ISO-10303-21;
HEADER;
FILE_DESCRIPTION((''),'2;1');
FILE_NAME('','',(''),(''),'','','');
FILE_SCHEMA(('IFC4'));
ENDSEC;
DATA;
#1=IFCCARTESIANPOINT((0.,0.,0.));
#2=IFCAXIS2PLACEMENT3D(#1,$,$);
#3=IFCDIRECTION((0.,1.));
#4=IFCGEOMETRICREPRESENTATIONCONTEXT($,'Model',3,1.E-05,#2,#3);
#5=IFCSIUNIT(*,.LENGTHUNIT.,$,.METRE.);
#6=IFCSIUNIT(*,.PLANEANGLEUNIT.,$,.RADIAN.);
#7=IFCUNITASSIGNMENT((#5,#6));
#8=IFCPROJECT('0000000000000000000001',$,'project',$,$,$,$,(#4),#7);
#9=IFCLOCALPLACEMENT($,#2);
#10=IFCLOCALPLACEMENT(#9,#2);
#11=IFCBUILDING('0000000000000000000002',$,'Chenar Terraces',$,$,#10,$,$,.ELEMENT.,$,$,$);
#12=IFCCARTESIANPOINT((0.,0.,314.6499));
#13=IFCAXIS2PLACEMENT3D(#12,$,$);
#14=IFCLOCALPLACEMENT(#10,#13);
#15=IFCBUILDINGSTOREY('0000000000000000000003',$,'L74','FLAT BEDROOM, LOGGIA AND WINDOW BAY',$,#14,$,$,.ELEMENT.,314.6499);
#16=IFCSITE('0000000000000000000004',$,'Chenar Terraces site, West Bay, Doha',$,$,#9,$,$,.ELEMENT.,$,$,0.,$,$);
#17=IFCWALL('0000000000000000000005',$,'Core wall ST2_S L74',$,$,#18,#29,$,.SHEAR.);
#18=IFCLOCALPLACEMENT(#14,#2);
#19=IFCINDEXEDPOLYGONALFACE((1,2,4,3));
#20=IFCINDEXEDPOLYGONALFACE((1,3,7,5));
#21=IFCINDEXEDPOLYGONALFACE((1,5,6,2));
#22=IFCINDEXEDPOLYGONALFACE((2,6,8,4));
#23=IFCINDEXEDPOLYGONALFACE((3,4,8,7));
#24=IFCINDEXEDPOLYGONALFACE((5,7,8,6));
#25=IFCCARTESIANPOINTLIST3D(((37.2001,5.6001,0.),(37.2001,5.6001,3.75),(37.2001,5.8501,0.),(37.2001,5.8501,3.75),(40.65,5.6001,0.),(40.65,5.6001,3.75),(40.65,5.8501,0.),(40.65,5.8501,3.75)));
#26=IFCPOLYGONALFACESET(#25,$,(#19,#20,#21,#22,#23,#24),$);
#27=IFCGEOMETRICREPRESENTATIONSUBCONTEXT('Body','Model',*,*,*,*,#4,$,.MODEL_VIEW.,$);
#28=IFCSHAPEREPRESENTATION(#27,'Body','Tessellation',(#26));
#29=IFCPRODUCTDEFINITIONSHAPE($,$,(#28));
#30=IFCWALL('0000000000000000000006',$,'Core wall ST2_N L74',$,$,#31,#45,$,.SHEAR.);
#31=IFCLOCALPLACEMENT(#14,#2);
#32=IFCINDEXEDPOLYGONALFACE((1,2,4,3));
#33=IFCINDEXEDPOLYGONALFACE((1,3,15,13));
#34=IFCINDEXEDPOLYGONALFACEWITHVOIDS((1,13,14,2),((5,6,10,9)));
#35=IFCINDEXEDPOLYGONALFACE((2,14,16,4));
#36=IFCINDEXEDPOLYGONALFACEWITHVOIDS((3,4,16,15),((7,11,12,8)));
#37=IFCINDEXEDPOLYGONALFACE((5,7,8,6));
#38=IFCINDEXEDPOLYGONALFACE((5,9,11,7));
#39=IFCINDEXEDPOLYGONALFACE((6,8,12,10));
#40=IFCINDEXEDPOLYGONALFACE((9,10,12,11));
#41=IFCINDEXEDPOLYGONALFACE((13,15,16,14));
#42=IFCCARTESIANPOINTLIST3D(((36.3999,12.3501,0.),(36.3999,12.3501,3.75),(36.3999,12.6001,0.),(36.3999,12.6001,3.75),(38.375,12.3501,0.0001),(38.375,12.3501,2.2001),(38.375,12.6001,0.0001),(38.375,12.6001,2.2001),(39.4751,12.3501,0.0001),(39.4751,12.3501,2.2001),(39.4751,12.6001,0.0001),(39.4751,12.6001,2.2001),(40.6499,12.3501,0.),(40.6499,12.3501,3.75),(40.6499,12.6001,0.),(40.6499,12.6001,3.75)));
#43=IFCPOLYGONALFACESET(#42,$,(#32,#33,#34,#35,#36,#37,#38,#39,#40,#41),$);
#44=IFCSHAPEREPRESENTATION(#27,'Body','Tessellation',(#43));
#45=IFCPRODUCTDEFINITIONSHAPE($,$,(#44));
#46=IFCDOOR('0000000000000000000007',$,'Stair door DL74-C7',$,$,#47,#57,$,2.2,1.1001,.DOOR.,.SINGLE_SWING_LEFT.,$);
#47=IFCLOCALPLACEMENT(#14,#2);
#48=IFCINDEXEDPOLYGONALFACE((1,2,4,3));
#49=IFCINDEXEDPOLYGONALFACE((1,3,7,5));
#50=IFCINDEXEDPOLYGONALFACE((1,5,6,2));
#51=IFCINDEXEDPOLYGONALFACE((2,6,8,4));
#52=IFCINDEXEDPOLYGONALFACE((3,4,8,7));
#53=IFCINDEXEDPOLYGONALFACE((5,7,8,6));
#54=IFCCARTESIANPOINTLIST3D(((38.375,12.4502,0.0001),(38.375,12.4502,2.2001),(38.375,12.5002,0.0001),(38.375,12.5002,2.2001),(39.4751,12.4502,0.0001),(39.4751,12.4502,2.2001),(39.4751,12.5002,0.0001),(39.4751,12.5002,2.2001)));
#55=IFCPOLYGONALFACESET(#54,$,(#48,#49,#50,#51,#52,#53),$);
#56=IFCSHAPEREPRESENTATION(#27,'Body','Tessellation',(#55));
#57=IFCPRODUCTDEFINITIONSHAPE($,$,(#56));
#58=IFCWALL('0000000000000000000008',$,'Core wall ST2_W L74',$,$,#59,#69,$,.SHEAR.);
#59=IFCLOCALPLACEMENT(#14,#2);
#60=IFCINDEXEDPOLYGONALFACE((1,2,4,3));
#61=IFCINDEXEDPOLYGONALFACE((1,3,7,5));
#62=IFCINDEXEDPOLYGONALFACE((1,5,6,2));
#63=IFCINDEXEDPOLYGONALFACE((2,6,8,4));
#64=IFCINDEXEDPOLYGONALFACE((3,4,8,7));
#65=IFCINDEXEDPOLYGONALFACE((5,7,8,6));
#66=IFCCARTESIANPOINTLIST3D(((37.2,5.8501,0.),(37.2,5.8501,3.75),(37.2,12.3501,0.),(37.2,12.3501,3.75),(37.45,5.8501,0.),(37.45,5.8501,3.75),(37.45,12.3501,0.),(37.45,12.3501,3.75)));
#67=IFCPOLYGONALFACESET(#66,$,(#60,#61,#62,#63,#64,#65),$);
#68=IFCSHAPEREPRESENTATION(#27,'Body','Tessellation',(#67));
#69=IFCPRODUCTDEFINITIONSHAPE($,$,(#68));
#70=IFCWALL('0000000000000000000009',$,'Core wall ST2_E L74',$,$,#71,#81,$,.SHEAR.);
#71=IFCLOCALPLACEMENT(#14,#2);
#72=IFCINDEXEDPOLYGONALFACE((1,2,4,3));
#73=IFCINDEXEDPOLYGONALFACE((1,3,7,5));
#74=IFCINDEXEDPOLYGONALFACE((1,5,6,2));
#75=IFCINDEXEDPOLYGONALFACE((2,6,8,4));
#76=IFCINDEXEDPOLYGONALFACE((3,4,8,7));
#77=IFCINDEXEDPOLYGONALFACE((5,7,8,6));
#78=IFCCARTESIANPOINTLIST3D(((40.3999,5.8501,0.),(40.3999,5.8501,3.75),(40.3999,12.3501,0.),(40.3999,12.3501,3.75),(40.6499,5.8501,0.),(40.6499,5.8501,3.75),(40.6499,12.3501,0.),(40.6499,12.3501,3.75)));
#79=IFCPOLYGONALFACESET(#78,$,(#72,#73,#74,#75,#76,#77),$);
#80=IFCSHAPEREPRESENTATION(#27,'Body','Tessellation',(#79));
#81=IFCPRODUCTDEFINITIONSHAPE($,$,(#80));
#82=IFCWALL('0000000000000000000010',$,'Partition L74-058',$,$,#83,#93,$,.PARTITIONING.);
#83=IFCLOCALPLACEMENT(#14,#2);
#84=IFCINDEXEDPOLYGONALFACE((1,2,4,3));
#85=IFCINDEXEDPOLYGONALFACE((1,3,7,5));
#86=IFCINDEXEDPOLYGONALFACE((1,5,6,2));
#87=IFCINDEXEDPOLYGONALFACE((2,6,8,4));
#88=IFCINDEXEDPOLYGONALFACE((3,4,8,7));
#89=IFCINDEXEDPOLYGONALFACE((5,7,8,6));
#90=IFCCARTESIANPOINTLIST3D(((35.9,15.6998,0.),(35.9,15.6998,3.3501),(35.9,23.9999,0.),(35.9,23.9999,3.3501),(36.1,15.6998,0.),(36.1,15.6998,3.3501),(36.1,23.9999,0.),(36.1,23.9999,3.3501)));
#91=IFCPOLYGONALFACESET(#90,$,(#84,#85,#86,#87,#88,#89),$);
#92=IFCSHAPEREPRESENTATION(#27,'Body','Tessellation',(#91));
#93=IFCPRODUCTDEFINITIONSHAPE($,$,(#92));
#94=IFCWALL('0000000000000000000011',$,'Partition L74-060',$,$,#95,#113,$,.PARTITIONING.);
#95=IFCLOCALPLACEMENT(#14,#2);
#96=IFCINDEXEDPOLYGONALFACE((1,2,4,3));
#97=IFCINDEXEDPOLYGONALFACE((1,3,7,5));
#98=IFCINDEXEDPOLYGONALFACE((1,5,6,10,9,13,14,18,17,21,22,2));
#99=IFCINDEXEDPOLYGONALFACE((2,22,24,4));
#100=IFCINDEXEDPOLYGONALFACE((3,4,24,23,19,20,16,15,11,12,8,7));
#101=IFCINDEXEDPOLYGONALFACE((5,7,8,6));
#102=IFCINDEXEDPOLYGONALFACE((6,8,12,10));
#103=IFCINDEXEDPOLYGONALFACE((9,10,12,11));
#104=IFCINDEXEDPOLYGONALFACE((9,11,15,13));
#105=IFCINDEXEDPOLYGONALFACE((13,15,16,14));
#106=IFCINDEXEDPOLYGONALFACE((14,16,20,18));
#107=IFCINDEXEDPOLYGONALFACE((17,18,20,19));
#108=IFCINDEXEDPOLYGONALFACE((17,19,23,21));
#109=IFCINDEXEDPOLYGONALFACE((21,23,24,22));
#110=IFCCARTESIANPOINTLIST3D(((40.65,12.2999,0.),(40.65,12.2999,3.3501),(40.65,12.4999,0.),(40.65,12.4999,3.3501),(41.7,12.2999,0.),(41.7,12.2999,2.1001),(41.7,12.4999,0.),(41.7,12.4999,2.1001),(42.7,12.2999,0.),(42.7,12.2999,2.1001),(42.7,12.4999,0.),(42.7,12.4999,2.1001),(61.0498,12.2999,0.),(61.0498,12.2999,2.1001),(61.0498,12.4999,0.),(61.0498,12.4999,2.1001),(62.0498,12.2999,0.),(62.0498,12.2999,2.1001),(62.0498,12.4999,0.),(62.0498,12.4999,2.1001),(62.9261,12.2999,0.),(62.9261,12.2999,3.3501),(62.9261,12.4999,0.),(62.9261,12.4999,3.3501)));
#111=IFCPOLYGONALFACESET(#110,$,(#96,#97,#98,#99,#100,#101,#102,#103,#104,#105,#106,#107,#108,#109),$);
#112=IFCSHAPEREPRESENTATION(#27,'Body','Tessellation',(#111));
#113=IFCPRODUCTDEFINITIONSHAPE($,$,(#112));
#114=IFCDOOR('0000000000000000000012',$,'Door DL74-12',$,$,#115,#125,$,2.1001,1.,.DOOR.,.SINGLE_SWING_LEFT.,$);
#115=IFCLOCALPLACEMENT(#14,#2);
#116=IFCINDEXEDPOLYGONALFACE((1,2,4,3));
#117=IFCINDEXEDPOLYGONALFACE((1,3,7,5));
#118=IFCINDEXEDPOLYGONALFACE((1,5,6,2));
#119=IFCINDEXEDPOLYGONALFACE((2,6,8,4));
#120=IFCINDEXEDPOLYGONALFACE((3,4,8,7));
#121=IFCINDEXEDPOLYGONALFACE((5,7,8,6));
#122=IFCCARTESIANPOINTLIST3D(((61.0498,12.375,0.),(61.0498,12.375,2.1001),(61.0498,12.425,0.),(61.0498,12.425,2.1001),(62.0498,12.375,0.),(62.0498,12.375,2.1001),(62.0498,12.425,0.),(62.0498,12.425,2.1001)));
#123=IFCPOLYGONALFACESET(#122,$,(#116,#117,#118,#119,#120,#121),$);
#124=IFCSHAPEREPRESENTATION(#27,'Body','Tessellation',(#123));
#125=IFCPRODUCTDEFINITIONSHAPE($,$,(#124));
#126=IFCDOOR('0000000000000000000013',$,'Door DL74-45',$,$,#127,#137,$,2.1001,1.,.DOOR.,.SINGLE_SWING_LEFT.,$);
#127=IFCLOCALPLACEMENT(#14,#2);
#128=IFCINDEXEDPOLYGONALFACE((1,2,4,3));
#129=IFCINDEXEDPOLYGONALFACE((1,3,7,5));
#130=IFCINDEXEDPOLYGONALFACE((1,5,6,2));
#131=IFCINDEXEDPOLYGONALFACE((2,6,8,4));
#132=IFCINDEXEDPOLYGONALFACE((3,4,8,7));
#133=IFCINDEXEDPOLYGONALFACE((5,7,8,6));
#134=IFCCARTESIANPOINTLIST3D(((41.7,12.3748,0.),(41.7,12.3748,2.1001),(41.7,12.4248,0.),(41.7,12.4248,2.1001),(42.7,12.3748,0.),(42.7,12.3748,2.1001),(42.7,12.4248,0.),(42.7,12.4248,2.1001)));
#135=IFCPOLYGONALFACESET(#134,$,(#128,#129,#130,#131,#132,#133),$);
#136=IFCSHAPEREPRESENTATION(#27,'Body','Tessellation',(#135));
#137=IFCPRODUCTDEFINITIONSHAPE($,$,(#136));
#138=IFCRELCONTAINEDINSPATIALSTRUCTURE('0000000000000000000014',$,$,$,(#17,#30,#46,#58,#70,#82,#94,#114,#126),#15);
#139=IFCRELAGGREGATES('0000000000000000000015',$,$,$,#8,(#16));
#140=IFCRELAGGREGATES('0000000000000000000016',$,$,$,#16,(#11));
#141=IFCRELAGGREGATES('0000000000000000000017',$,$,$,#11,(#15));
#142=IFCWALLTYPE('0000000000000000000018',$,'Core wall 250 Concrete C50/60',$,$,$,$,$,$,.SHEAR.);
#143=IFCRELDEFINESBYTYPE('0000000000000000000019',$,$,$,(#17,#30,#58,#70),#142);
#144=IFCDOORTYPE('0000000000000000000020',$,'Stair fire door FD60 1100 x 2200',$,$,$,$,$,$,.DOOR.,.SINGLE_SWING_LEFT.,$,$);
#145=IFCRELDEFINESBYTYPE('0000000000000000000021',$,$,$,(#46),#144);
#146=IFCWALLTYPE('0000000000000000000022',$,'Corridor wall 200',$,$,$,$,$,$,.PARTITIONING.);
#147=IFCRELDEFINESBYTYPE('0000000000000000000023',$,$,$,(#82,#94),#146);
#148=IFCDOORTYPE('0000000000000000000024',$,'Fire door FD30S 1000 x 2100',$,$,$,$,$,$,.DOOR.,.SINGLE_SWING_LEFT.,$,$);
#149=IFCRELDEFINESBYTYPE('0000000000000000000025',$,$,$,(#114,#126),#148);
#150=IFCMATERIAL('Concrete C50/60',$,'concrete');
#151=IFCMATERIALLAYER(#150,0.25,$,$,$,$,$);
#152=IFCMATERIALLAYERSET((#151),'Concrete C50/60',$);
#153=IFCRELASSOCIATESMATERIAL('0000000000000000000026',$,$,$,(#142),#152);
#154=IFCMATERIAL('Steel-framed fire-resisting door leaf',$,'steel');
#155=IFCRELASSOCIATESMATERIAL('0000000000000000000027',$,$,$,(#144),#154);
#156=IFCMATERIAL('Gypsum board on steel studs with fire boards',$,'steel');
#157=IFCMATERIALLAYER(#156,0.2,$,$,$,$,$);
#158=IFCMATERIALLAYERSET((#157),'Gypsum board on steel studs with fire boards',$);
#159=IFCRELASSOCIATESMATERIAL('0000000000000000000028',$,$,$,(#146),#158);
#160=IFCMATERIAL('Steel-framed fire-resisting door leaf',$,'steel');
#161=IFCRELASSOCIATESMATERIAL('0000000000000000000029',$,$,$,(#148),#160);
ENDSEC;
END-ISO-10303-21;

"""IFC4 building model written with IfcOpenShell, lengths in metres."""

from ifc_helpers import new_model, si_unit, direction, frame, frame_2d, origin, place, context, subcontext, project, spatial, rectangle, extrude, material, layer, layer_set, type_object, element, fill, save


model = new_model("IFC4")

# Units and contexts
model_context = context("Model", 3, precision=1e-05, world=origin(), true_north=direction((0.0, 1.0)))
body_context = subcontext(model_context, "Body", "Model", "MODEL_VIEW")
ifc_project = project(units=[si_unit("LENGTHUNIT", "METRE"), si_unit("PLANEANGLEUNIT", "RADIAN")], contexts=[model_context])

# Site, building, storey
site_placement = place(None, origin())
site = spatial("IfcSite", under=ifc_project, at=site_placement, Name="Chenar Terraces site, West Bay, Doha", CompositionType="ELEMENT", RefElevation=0.0)
building_placement = place(site_placement, origin())
building = spatial("IfcBuilding", under=site, at=building_placement, Name="Chenar Terraces", CompositionType="ELEMENT")
storey_placement = place(building_placement, frame((0.0, 0.0, 314.6499)))
storey = spatial("IfcBuildingStorey", under=building, at=storey_placement, Name="L74", Description="FLAT BEDROOM, LOGGIA AND WINDOW BAY", CompositionType="ELEMENT", Elevation=314.6499)

# Wall
ifc_material_1 = material(Name="Concrete C50/60", Category="concrete")
ifc_layer_1 = layer(ifc_material_1, 0.25)
ifc_layer_set_1 = layer_set([ifc_layer_1], Name="Concrete C50/60")
wall_type_1 = type_object("IfcWallType", Name="Core wall 250 Concrete C50/60", PredefinedType="SHEAR", material=ifc_layer_set_1)
wall_1_placement = place(storey_placement, frame((37.2, 5.7251, 0.0), z_axis=(0.0, 0.0, 1.0), x_axis=(1.0, 0.0, 0.0)))
element("IfcWall", 1, at=wall_1_placement, inside=storey, type_object=wall_type_1, Name="Core wall ST2_S L74", PredefinedType="SHEAR", context=body_context, shape_type="SweptSolid", body=[
    extrude(rectangle(XDim=3.45, YDim=0.25, at=frame_2d((1.7251, 0.0))), origin(), (0.0, 0.0, 1.0), 3.75),
])

# Wall, opening, door
wall_2_placement = place(storey_placement, frame((36.3999, 12.4751, 0.0), z_axis=(0.0, 0.0, 1.0), x_axis=(1.0, 0.0, 0.0)))
wall_2 = element("IfcWall", 2, at=wall_2_placement, inside=storey, type_object=wall_type_1, Name="Core wall ST2_N L74", PredefinedType="SHEAR", context=body_context, shape_type="SweptSolid", body=[
    extrude(rectangle(XDim=4.25, YDim=0.25, at=frame_2d((2.125, 0.0))), origin(), (0.0, 0.0, 1.0), 3.75),
])
opening_1_placement = place(wall_2_placement, frame((1.9751, 0.0, 0.0)))
opening_1 = element("IfcOpeningElement", 3, at=opening_1_placement, cuts=wall_2, PredefinedType="OPENING", context=body_context, shape_type="SweptSolid", body=[
    extrude(rectangle(XDim=1.1001, YDim=2.2, at=frame_2d((0.55, 1.1001))), frame((0.0, 0.135, 0.0), z_axis=(0.0, -1.0, 0.0), x_axis=(1.0, 0.0, 0.0)), (0.0, 0.0, 1.0), 0.27),
])
ifc_material_2 = material(Name="Steel-framed fire-resisting door leaf", Category="steel")
door_type_1 = type_object("IfcDoorType", Name="Stair fire door FD60 1100 x 2200", OperationType="SINGLE_SWING_LEFT", PredefinedType="DOOR", material=ifc_material_2)
door_1_placement = place(opening_1_placement, frame((1.1001, 0.0, 0.0), z_axis=(0.0, 0.0, 1.0), x_axis=(-1.0, 0.0, 0.0)))
door_1 = element("IfcDoor", 4, at=door_1_placement, inside=storey, type_object=door_type_1, Name="Stair door DL74-C7", OperationType="SINGLE_SWING_LEFT", OverallHeight=2.2, OverallWidth=1.1001, PredefinedType="DOOR", context=body_context, shape_type="SweptSolid", body=[
    extrude(rectangle(XDim=1.1001, YDim=2.2, at=frame_2d((0.55, 1.1001))), frame((0.0, 0.0249, 0.0), z_axis=(0.0, -1.0, 0.0), x_axis=(1.0, 0.0, 0.0)), (0.0, 0.0, 1.0), 0.05),
])
fill(opening_1, door_1)

# Walls
for number, where, z_axis, x_axis, name in (
    (5, (37.325, 5.8501, 0.0), (0.0, 0.0, 1.0), (0.0, 1.0, 0.0), "Core wall ST2_W L74"),
    (6, (40.5249, 5.8501, 0.0), (0.0, 0.0, 1.0), (0.0, 1.0, 0.0), "Core wall ST2_E L74"),
):
    element("IfcWall", number, at=place(storey_placement, frame(where, z_axis=z_axis, x_axis=x_axis)), inside=storey, type_object=wall_type_1, Name=name, PredefinedType="SHEAR", context=body_context, shape_type="SweptSolid", body=[
        extrude(rectangle(XDim=6.5, YDim=0.25, at=frame_2d((3.25, 0.0))), origin(), (0.0, 0.0, 1.0), 3.75),
    ])
ifc_material_3 = material(Name="Gypsum board on steel studs with fire boards", Category="steel")
ifc_layer_2 = layer(ifc_material_3, 0.2)
ifc_layer_set_2 = layer_set([ifc_layer_2], Name="Gypsum board on steel studs with fire boards")
wall_type_2 = type_object("IfcWallType", Name="Corridor wall 200", PredefinedType="PARTITIONING", material=ifc_layer_set_2)
wall_3_placement = place(storey_placement, frame((36.0, 15.7, 0.0), z_axis=(0.0, 0.0, 1.0), x_axis=(0.0, 1.0, 0.0)))
element("IfcWall", 7, at=wall_3_placement, inside=storey, type_object=wall_type_2, Name="Partition L74-058", PredefinedType="PARTITIONING", context=body_context, shape_type="SweptSolid", body=[
    extrude(rectangle(XDim=8.3, YDim=0.2, at=frame_2d((4.1499, 0.0))), origin(), (0.0, 0.0, 1.0), 3.3501),
])

# Wall, openings, doors
wall_4_placement = place(storey_placement, frame((40.6499, 12.3999, 0.0), z_axis=(0.0, 0.0, 1.0), x_axis=(1.0, 0.0, 0.0)))
wall_4 = element("IfcWall", 8, at=wall_4_placement, inside=storey, type_object=wall_type_2, Name="Partition L74-060", PredefinedType="PARTITIONING", context=body_context, shape_type="SweptSolid", body=[
    extrude(rectangle(XDim=22.2761, YDim=0.2, at=frame_2d((11.1382, 0.0))), origin(), (0.0, 0.0, 1.0), 3.3501),
])
opening_2_placement = place(wall_4_placement, frame((20.3999, 0.0, 0.0)))
opening_2 = element("IfcOpeningElement", 9, at=opening_2_placement, cuts=wall_4, PredefinedType="OPENING", context=body_context, shape_type="SweptSolid", body=[
    extrude(rectangle(XDim=1.0, YDim=2.1001, at=frame_2d((0.5, 1.05))), frame((0.0, 0.1099, 0.0), z_axis=(0.0, -1.0, 0.0), x_axis=(1.0, 0.0, 0.0)), (0.0, 0.0, 1.0), 0.22),
])
opening_3_placement = place(wall_4_placement, frame((1.05, 0.0, 0.0)))
opening_3 = element("IfcOpeningElement", 10, at=opening_3_placement, cuts=wall_4, PredefinedType="OPENING", context=body_context, shape_type="SweptSolid", body=[
    extrude(rectangle(XDim=1.0, YDim=2.1001, at=frame_2d((0.5, 1.05))), frame((0.0, 0.1099, 0.0), z_axis=(0.0, -1.0, 0.0), x_axis=(1.0, 0.0, 0.0)), (0.0, 0.0, 1.0), 0.22),
])
ifc_material_4 = material(Name="Steel-framed fire-resisting door leaf", Category="steel")
door_type_2 = type_object("IfcDoorType", Name="Fire door FD30S 1000 x 2100", OperationType="SINGLE_SWING_LEFT", PredefinedType="DOOR", material=ifc_material_4)
door_2_placement = place(opening_2_placement, frame((1.0, 0.0, 0.0), z_axis=(0.0, 0.0, 1.0), x_axis=(-1.0, 0.0, 0.0)))
door_2 = element("IfcDoor", 11, at=door_2_placement, inside=storey, type_object=door_type_2, Name="Door DL74-12", OperationType="SINGLE_SWING_LEFT", OverallHeight=2.1001, OverallWidth=1.0, PredefinedType="DOOR", context=body_context, shape_type="SweptSolid", body=[
    extrude(rectangle(XDim=1.0, YDim=2.1001, at=frame_2d((0.5, 1.05))), frame((0.0, 0.0249, 0.0), z_axis=(0.0, -1.0, 0.0), x_axis=(1.0, 0.0, 0.0)), (0.0, 0.0, 1.0), 0.05),
])
fill(opening_2, door_2)
door_3_placement = place(opening_3_placement, origin())
door_3 = element("IfcDoor", 12, at=door_3_placement, inside=storey, type_object=door_type_2, Name="Door DL74-45", OperationType="SINGLE_SWING_LEFT", OverallHeight=2.1001, OverallWidth=1.0, PredefinedType="DOOR", context=body_context, shape_type="SweptSolid", body=[
    extrude(rectangle(XDim=1.0, YDim=2.1001, at=frame_2d((0.5, 1.05))), frame((0.0, 0.0249, 0.0), z_axis=(0.0, -1.0, 0.0), x_axis=(1.0, 0.0, 0.0)), (0.0, 0.0, 1.0), 0.05),
])
fill(opening_3, door_3)

save(model, "model.ifc")
